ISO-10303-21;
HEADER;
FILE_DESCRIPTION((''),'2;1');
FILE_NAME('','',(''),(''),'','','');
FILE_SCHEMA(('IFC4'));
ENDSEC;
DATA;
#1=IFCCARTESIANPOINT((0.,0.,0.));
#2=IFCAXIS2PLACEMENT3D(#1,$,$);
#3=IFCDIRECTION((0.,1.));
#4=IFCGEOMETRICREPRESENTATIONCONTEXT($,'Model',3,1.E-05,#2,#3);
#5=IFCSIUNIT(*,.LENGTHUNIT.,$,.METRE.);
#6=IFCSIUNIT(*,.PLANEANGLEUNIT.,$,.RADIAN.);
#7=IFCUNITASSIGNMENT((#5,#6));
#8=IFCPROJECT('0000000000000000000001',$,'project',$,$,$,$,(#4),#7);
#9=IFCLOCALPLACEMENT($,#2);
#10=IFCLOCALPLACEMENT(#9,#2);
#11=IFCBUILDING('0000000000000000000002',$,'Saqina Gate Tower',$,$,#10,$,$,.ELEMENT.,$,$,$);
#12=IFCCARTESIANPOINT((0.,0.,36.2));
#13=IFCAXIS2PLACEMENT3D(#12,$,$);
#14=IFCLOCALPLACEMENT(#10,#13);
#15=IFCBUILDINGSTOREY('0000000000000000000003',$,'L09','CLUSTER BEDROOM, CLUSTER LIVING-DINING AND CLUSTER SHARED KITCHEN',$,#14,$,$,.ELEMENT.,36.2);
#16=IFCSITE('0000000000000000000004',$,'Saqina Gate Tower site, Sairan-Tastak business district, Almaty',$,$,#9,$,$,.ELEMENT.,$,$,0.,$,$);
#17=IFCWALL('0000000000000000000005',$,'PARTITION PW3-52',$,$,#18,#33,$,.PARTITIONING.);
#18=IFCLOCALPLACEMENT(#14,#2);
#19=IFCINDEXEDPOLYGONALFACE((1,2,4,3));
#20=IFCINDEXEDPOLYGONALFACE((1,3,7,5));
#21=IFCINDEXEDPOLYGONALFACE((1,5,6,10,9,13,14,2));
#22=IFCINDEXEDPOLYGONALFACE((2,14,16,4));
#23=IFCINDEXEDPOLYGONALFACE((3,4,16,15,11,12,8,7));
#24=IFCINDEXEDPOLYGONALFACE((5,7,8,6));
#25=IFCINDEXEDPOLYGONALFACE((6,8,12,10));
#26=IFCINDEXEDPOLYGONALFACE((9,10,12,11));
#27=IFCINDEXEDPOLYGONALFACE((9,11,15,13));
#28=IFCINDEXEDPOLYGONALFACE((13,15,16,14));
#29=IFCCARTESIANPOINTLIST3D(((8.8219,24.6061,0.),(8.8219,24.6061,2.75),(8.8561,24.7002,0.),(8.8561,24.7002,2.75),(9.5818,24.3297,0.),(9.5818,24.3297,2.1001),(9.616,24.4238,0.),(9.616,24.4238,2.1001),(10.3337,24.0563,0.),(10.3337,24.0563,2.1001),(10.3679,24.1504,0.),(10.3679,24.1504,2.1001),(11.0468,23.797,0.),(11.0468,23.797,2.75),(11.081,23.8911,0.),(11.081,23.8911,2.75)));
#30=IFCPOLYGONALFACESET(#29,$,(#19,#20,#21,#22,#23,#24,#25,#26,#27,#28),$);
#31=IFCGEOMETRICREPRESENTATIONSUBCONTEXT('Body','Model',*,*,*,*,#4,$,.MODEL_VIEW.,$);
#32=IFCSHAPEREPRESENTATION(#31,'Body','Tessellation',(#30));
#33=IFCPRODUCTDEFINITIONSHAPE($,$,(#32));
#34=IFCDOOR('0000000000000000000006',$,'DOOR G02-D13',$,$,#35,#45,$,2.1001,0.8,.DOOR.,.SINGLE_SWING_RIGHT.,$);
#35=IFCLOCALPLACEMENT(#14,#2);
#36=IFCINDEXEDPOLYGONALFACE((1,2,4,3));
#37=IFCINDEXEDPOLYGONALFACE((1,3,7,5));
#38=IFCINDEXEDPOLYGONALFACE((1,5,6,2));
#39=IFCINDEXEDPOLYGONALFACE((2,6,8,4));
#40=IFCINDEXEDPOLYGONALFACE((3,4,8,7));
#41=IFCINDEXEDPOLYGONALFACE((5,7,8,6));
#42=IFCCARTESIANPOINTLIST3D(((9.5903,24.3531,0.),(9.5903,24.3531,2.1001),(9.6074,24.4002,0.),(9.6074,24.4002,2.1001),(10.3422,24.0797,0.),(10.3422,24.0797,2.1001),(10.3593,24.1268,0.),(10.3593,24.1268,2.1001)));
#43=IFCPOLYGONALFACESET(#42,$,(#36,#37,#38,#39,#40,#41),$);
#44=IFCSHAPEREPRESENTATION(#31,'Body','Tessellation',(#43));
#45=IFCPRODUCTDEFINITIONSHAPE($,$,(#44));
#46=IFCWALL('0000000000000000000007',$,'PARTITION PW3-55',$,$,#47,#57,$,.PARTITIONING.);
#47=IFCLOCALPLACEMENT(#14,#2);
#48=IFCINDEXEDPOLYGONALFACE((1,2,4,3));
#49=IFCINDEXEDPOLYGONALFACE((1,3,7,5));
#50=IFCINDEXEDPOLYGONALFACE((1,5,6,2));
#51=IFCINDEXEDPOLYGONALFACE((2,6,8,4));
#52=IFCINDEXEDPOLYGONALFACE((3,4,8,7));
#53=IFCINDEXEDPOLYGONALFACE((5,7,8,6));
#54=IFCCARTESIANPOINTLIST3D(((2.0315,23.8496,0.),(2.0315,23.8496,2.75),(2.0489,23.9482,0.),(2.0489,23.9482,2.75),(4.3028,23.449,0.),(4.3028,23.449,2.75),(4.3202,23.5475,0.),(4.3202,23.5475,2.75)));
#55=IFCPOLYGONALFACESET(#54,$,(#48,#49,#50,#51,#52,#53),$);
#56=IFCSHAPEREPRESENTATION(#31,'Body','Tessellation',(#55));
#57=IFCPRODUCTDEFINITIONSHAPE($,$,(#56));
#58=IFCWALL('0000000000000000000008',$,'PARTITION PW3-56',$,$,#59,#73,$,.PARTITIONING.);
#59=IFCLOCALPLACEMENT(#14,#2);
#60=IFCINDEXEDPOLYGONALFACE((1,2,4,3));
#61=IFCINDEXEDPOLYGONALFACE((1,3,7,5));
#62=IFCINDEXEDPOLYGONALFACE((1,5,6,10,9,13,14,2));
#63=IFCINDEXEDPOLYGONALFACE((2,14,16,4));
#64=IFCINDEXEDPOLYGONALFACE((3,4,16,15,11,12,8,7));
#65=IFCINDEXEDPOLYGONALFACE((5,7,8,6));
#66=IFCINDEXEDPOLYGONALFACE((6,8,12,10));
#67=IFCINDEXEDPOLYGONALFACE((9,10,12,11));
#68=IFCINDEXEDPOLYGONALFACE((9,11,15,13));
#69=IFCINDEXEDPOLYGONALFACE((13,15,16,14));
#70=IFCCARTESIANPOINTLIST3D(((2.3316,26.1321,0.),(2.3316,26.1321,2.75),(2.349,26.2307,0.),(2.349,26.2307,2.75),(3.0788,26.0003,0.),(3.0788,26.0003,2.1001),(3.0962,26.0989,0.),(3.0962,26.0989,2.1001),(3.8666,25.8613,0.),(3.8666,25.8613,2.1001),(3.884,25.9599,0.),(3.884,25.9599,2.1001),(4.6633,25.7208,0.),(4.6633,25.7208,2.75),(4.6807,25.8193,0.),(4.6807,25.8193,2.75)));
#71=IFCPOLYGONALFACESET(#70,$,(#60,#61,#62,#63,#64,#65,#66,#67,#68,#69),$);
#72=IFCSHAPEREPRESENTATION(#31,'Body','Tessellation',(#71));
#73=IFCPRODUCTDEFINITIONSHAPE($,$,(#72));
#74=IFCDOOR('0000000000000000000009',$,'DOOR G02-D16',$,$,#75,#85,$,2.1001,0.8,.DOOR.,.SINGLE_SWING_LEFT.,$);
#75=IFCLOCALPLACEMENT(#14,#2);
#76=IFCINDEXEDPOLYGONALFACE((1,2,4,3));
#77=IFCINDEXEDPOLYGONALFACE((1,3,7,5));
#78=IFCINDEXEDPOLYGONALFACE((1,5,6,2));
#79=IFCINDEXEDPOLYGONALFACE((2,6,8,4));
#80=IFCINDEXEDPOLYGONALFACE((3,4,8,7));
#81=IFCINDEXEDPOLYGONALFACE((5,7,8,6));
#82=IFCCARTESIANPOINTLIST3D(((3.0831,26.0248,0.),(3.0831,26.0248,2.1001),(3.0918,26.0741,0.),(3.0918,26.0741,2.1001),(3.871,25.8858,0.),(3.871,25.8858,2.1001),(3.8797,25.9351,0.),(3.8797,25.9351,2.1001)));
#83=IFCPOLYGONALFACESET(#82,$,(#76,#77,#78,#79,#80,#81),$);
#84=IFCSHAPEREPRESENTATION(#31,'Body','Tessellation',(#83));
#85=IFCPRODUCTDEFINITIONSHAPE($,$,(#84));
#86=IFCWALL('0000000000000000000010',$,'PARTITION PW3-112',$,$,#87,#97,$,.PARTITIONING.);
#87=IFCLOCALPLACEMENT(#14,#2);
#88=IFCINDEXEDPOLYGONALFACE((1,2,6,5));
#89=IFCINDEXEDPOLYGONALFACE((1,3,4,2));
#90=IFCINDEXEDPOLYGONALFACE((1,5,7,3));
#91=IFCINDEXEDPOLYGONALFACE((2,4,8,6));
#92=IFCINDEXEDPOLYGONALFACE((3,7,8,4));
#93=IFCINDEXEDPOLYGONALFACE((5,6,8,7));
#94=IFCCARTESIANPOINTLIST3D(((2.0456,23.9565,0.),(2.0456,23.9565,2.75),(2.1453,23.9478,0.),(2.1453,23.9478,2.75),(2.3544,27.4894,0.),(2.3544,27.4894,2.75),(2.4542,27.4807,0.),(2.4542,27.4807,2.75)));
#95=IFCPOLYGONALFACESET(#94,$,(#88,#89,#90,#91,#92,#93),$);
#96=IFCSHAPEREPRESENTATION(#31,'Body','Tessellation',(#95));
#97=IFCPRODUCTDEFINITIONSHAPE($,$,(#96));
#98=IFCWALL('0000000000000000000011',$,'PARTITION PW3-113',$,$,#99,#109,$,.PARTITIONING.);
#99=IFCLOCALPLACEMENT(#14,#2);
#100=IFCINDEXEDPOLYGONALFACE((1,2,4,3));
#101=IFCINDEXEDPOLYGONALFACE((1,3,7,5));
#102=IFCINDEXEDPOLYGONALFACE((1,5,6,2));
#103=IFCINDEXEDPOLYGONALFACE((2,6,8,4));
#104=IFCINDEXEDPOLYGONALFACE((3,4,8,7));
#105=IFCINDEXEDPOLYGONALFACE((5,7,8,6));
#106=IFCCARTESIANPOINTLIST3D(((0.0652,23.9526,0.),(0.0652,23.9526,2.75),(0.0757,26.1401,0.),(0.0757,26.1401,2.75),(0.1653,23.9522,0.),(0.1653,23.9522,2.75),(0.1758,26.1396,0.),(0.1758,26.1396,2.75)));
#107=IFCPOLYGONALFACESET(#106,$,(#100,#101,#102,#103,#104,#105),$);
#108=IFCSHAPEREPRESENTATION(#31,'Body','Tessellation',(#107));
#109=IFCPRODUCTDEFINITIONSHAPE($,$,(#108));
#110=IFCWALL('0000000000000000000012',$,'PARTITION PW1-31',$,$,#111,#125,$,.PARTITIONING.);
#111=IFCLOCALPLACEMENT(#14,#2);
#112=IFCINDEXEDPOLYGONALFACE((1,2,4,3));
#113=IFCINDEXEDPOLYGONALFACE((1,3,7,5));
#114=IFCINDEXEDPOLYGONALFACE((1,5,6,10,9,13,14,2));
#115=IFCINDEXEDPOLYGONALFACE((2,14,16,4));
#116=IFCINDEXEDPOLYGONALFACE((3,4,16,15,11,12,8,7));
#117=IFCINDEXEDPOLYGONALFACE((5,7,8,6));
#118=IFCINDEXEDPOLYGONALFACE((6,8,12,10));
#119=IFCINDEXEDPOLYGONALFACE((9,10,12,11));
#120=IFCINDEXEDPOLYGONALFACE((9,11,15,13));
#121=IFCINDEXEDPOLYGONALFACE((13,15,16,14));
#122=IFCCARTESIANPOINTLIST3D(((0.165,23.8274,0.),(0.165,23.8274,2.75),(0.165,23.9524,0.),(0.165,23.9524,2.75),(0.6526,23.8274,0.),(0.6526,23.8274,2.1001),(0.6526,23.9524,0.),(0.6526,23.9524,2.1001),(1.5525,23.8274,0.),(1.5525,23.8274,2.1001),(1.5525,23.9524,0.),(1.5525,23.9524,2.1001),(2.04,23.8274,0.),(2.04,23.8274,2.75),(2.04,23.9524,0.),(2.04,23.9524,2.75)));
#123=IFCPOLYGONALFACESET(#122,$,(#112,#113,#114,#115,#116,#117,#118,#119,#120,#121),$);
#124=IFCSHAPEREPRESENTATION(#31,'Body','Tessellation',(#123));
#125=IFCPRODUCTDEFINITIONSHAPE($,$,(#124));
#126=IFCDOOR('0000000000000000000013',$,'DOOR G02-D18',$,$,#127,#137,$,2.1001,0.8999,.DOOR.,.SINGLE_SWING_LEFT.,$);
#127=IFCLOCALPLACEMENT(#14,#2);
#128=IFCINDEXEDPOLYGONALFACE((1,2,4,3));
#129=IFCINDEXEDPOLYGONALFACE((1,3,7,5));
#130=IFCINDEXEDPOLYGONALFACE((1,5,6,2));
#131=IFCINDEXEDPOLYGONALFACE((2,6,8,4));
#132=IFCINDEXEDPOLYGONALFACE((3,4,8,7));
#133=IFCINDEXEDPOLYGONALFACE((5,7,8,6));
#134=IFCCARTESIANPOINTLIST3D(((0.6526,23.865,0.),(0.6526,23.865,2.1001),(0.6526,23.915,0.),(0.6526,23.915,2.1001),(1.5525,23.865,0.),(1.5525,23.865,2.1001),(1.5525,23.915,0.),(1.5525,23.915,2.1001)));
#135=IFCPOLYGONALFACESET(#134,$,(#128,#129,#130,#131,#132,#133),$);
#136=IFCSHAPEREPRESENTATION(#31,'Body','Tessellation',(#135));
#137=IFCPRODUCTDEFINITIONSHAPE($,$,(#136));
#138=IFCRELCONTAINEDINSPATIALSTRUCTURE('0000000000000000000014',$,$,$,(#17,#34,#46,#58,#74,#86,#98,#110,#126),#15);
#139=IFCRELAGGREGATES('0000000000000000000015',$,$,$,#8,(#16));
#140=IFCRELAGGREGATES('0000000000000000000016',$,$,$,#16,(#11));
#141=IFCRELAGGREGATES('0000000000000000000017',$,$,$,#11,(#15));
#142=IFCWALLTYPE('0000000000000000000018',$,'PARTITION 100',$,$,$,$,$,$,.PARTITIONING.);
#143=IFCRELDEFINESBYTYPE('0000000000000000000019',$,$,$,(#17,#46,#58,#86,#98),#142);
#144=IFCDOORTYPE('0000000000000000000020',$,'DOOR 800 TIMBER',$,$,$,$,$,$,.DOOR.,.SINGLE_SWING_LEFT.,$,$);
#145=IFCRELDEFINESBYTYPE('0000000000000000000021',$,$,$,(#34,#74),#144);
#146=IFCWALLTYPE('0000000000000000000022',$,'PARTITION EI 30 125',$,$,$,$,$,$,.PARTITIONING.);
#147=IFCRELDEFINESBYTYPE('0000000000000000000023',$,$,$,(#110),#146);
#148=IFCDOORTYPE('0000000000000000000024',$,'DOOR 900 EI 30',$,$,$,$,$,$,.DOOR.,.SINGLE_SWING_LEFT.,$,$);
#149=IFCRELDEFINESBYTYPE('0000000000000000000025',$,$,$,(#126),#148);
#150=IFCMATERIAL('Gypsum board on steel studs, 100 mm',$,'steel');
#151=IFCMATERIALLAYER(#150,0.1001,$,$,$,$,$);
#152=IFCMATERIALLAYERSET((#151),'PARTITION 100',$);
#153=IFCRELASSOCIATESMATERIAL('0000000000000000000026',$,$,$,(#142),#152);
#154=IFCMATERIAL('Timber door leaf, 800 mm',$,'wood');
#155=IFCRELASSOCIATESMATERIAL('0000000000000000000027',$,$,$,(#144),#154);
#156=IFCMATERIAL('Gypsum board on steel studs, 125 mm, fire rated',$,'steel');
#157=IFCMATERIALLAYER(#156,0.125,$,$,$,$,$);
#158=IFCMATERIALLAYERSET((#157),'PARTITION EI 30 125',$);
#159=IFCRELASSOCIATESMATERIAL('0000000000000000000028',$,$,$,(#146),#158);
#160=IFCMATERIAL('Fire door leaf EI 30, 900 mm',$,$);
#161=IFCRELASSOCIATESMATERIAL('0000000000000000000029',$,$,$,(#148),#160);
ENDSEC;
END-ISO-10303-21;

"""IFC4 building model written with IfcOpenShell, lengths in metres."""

from ifc_helpers import new_model, si_unit, direction, frame, frame_2d, origin, place, context, subcontext, project, spatial, rectangle, extrude, material, layer, layer_set, type_object, element, fill, save


model = new_model("IFC4")

# Units and contexts
model_context = context("Model", 3, precision=1e-05, world=origin(), true_north=direction((0.0, 1.0)))
body_context = subcontext(model_context, "Body", "Model", "MODEL_VIEW")
ifc_project = project(units=[si_unit("LENGTHUNIT", "METRE"), si_unit("PLANEANGLEUNIT", "RADIAN")], contexts=[model_context])

# Site, building, storey
site_placement = place(None, origin())
site = spatial("IfcSite", under=ifc_project, at=site_placement, Name="Saqina Gate Tower site, Sairan-Tastak business district, Almaty", CompositionType="ELEMENT", RefElevation=0.0)
building_placement = place(site_placement, origin())
building = spatial("IfcBuilding", under=site, at=building_placement, Name="Saqina Gate Tower", CompositionType="ELEMENT")
storey_placement = place(building_placement, frame((0.0, 0.0, 36.2)))
storey = spatial("IfcBuildingStorey", under=building, at=storey_placement, Name="L09", Description="CLUSTER BEDROOM, CLUSTER LIVING-DINING AND CLUSTER SHARED KITCHEN", CompositionType="ELEMENT", Elevation=36.2)

# Wall, opening, door
ifc_material_1 = material(Name="Gypsum board on steel studs, 100 mm", Category="steel")
ifc_layer_1 = layer(ifc_material_1, 0.1001)
ifc_layer_set_1 = layer_set([ifc_layer_1], Name="PARTITION 100")
wall_type_1 = type_object("IfcWallType", Name="PARTITION 100", PredefinedType="PARTITIONING", material=ifc_layer_set_1)
ifc_material_2 = material(Name="Timber door leaf, 800 mm", Category="wood")
door_type_1 = type_object("IfcDoorType", Name="DOOR 800 TIMBER", OperationType="SINGLE_SWING_LEFT", PredefinedType="DOOR", material=ifc_material_2)
wall_1_placement = place(storey_placement, frame((8.8391, 24.6531, 0.0), z_axis=(0.0, 0.0, 1.0), x_axis=(0.939787, -0.34176, 0.0)))
wall_1 = element("IfcWall", 1, at=wall_1_placement, inside=storey, type_object=wall_type_1, Name="PARTITION PW3-52", PredefinedType="PARTITIONING", context=body_context, shape_type="SweptSolid", body=[
    extrude(rectangle(XDim=2.3674, YDim=0.1001, at=frame_2d((1.1836, 0.0))), origin(), (0.0, 0.0, 1.0), 2.75),
])
opening_1_placement = place(wall_1_placement, frame((0.8086, 0.0, 0.0)))
opening_1 = element("IfcOpeningElement", 2, at=opening_1_placement, cuts=wall_1, PredefinedType="OPENING", context=body_context, shape_type="SweptSolid", body=[
    extrude(rectangle(XDim=0.8, YDim=2.1001, at=frame_2d((0.3999, 1.05))), frame((0.0, 0.062, 0.0), z_axis=(0.0, -1.0, 0.0), x_axis=(1.0, 0.0, 0.0)), (0.0, 0.0, 1.0), 0.124),
])
door_1_placement = place(opening_1_placement, origin())
door_1 = element("IfcDoor", 3, at=door_1_placement, inside=storey, type_object=door_type_1, Name="DOOR G02-D13", OperationType="SINGLE_SWING_RIGHT", OverallHeight=2.1001, OverallWidth=0.8, PredefinedType="DOOR", context=body_context, shape_type="SweptSolid", body=[
    extrude(rectangle(XDim=0.8, YDim=2.1001, at=frame_2d((0.3999, 1.05))), frame((0.0, 0.0249, 0.0), z_axis=(0.0, -1.0, 0.0), x_axis=(1.0, 0.0, 0.0)), (0.0, 0.0, 1.0), 0.05),
])
fill(opening_1, door_1)

# Wall
wall_2_placement = place(storey_placement, frame((2.04, 23.8989, 0.0), z_axis=(0.0, 0.0, 1.0), x_axis=(0.984796, -0.173713, 0.0)))
element("IfcWall", 4, at=wall_2_placement, inside=storey, type_object=wall_type_1, Name="PARTITION PW3-55", PredefinedType="PARTITIONING", context=body_context, shape_type="SweptSolid", body=[
    extrude(rectangle(XDim=2.3064, YDim=0.1001, at=frame_2d((1.1533, 0.0))), origin(), (0.0, 0.0, 1.0), 2.75),
])

# Wall, opening, door
wall_3_placement = place(storey_placement, frame((2.3403, 26.1814, 0.0), z_axis=(0.0, 0.0, 1.0), x_axis=(0.984792, -0.173738, 0.0)))
wall_3 = element("IfcWall", 5, at=wall_3_placement, inside=storey, type_object=wall_type_1, Name="PARTITION PW3-56", PredefinedType="PARTITIONING", context=body_context, shape_type="SweptSolid", body=[
    extrude(rectangle(XDim=2.3677, YDim=0.1001, at=frame_2d((1.1838, 0.0))), origin(), (0.0, 0.0, 1.0), 2.75),
])
opening_2_placement = place(wall_3_placement, frame((0.7588, 0.0, 0.0)))
opening_2 = element("IfcOpeningElement", 6, at=opening_2_placement, cuts=wall_3, PredefinedType="OPENING", context=body_context, shape_type="SweptSolid", body=[
    extrude(rectangle(XDim=0.8, YDim=2.1001, at=frame_2d((0.3999, 1.05))), frame((0.0, 0.062, 0.0), z_axis=(0.0, -1.0, 0.0), x_axis=(1.0, 0.0, 0.0)), (0.0, 0.0, 1.0), 0.124),
])
door_2_placement = place(opening_2_placement, origin())
door_2 = element("IfcDoor", 7, at=door_2_placement, inside=storey, type_object=door_type_1, Name="DOOR G02-D16", OperationType="SINGLE_SWING_LEFT", OverallHeight=2.1001, OverallWidth=0.8, PredefinedType="DOOR", context=body_context, shape_type="SweptSolid", body=[
    extrude(rectangle(XDim=0.8, YDim=2.1001, at=frame_2d((0.3999, 1.05))), frame((0.0, 0.0249, 0.0), z_axis=(0.0, -1.0, 0.0), x_axis=(1.0, 0.0, 0.0)), (0.0, 0.0, 1.0), 0.05),
])
fill(opening_2, door_2)

# Walls
wall_4_placement = place(storey_placement, frame((2.0955, 23.9521, 0.0), z_axis=(0.0, 0.0, 1.0), x_axis=(0.087084, 0.996201, 0.0)))
element("IfcWall", 8, at=wall_4_placement, inside=storey, type_object=wall_type_1, Name="PARTITION PW3-112", PredefinedType="PARTITIONING", context=body_context, shape_type="SweptSolid", body=[
    extrude(rectangle(XDim=3.5464, YDim=0.1001, at=frame_2d((1.7732, 0.0))), origin(), (0.0, 0.0, 1.0), 2.75),
])
wall_5_placement = place(storey_placement, frame((0.1152, 23.9524, 0.0), z_axis=(0.0, 0.0, 1.0), x_axis=(0.004799, 0.999988, 0.0)))
element("IfcWall", 9, at=wall_5_placement, inside=storey, type_object=wall_type_1, Name="PARTITION PW3-113", PredefinedType="PARTITIONING", context=body_context, shape_type="SweptSolid", body=[
    extrude(rectangle(XDim=2.1875, YDim=0.1001, at=frame_2d((1.0938, 0.0))), origin(), (0.0, 0.0, 1.0), 2.75),
])

# Wall, opening, door
ifc_material_3 = material(Name="Gypsum board on steel studs, 125 mm, fire rated", Category="steel")
ifc_layer_2 = layer(ifc_material_3, 0.125)
ifc_layer_set_2 = layer_set([ifc_layer_2], Name="PARTITION EI 30 125")
wall_type_2 = type_object("IfcWallType", Name="PARTITION EI 30 125", PredefinedType="PARTITIONING", material=ifc_layer_set_2)
wall_6_placement = place(storey_placement, frame((0.165, 23.8899, 0.0), z_axis=(0.0, 0.0, 1.0), x_axis=(1.0, 0.0, 0.0)))
wall_6 = element("IfcWall", 10, at=wall_6_placement, inside=storey, type_object=wall_type_2, Name="PARTITION PW1-31", PredefinedType="PARTITIONING", context=body_context, shape_type="SweptSolid", body=[
    extrude(rectangle(XDim=1.875, YDim=0.125, at=frame_2d((0.9375, 0.0))), origin(), (0.0, 0.0, 1.0), 2.75),
])
opening_3_placement = place(wall_6_placement, frame((0.4875, 0.0, 0.0)))
opening_3 = element("IfcOpeningElement", 11, at=opening_3_placement, cuts=wall_6, PredefinedType="OPENING", context=body_context, shape_type="SweptSolid", body=[
    extrude(rectangle(XDim=0.8999, YDim=2.1001, at=frame_2d((0.45, 1.05))), frame((0.0, 0.0745, 0.0), z_axis=(0.0, -1.0, 0.0), x_axis=(1.0, 0.0, 0.0)), (0.0, 0.0, 1.0), 0.1489),
])
ifc_material_4 = material(Name="Fire door leaf EI 30, 900 mm")
door_type_2 = type_object("IfcDoorType", Name="DOOR 900 EI 30", OperationType="SINGLE_SWING_LEFT", PredefinedType="DOOR", material=ifc_material_4)
door_3_placement = place(opening_3_placement, frame((0.8999, 0.0, 0.0), z_axis=(0.0, 0.0, 1.0), x_axis=(-1.0, 0.0, 0.0)))
door_3 = element("IfcDoor", 12, at=door_3_placement, inside=storey, type_object=door_type_2, Name="DOOR G02-D18", OperationType="SINGLE_SWING_LEFT", OverallHeight=2.1001, OverallWidth=0.8999, PredefinedType="DOOR", context=body_context, shape_type="SweptSolid", body=[
    extrude(rectangle(XDim=0.8999, YDim=2.1001, at=frame_2d((0.45, 1.05))), frame((0.0, 0.0249, 0.0), z_axis=(0.0, -1.0, 0.0), x_axis=(1.0, 0.0, 0.0)), (0.0, 0.0, 1.0), 0.05),
])
fill(opening_3, door_3)

save(model, "model.ifc")
